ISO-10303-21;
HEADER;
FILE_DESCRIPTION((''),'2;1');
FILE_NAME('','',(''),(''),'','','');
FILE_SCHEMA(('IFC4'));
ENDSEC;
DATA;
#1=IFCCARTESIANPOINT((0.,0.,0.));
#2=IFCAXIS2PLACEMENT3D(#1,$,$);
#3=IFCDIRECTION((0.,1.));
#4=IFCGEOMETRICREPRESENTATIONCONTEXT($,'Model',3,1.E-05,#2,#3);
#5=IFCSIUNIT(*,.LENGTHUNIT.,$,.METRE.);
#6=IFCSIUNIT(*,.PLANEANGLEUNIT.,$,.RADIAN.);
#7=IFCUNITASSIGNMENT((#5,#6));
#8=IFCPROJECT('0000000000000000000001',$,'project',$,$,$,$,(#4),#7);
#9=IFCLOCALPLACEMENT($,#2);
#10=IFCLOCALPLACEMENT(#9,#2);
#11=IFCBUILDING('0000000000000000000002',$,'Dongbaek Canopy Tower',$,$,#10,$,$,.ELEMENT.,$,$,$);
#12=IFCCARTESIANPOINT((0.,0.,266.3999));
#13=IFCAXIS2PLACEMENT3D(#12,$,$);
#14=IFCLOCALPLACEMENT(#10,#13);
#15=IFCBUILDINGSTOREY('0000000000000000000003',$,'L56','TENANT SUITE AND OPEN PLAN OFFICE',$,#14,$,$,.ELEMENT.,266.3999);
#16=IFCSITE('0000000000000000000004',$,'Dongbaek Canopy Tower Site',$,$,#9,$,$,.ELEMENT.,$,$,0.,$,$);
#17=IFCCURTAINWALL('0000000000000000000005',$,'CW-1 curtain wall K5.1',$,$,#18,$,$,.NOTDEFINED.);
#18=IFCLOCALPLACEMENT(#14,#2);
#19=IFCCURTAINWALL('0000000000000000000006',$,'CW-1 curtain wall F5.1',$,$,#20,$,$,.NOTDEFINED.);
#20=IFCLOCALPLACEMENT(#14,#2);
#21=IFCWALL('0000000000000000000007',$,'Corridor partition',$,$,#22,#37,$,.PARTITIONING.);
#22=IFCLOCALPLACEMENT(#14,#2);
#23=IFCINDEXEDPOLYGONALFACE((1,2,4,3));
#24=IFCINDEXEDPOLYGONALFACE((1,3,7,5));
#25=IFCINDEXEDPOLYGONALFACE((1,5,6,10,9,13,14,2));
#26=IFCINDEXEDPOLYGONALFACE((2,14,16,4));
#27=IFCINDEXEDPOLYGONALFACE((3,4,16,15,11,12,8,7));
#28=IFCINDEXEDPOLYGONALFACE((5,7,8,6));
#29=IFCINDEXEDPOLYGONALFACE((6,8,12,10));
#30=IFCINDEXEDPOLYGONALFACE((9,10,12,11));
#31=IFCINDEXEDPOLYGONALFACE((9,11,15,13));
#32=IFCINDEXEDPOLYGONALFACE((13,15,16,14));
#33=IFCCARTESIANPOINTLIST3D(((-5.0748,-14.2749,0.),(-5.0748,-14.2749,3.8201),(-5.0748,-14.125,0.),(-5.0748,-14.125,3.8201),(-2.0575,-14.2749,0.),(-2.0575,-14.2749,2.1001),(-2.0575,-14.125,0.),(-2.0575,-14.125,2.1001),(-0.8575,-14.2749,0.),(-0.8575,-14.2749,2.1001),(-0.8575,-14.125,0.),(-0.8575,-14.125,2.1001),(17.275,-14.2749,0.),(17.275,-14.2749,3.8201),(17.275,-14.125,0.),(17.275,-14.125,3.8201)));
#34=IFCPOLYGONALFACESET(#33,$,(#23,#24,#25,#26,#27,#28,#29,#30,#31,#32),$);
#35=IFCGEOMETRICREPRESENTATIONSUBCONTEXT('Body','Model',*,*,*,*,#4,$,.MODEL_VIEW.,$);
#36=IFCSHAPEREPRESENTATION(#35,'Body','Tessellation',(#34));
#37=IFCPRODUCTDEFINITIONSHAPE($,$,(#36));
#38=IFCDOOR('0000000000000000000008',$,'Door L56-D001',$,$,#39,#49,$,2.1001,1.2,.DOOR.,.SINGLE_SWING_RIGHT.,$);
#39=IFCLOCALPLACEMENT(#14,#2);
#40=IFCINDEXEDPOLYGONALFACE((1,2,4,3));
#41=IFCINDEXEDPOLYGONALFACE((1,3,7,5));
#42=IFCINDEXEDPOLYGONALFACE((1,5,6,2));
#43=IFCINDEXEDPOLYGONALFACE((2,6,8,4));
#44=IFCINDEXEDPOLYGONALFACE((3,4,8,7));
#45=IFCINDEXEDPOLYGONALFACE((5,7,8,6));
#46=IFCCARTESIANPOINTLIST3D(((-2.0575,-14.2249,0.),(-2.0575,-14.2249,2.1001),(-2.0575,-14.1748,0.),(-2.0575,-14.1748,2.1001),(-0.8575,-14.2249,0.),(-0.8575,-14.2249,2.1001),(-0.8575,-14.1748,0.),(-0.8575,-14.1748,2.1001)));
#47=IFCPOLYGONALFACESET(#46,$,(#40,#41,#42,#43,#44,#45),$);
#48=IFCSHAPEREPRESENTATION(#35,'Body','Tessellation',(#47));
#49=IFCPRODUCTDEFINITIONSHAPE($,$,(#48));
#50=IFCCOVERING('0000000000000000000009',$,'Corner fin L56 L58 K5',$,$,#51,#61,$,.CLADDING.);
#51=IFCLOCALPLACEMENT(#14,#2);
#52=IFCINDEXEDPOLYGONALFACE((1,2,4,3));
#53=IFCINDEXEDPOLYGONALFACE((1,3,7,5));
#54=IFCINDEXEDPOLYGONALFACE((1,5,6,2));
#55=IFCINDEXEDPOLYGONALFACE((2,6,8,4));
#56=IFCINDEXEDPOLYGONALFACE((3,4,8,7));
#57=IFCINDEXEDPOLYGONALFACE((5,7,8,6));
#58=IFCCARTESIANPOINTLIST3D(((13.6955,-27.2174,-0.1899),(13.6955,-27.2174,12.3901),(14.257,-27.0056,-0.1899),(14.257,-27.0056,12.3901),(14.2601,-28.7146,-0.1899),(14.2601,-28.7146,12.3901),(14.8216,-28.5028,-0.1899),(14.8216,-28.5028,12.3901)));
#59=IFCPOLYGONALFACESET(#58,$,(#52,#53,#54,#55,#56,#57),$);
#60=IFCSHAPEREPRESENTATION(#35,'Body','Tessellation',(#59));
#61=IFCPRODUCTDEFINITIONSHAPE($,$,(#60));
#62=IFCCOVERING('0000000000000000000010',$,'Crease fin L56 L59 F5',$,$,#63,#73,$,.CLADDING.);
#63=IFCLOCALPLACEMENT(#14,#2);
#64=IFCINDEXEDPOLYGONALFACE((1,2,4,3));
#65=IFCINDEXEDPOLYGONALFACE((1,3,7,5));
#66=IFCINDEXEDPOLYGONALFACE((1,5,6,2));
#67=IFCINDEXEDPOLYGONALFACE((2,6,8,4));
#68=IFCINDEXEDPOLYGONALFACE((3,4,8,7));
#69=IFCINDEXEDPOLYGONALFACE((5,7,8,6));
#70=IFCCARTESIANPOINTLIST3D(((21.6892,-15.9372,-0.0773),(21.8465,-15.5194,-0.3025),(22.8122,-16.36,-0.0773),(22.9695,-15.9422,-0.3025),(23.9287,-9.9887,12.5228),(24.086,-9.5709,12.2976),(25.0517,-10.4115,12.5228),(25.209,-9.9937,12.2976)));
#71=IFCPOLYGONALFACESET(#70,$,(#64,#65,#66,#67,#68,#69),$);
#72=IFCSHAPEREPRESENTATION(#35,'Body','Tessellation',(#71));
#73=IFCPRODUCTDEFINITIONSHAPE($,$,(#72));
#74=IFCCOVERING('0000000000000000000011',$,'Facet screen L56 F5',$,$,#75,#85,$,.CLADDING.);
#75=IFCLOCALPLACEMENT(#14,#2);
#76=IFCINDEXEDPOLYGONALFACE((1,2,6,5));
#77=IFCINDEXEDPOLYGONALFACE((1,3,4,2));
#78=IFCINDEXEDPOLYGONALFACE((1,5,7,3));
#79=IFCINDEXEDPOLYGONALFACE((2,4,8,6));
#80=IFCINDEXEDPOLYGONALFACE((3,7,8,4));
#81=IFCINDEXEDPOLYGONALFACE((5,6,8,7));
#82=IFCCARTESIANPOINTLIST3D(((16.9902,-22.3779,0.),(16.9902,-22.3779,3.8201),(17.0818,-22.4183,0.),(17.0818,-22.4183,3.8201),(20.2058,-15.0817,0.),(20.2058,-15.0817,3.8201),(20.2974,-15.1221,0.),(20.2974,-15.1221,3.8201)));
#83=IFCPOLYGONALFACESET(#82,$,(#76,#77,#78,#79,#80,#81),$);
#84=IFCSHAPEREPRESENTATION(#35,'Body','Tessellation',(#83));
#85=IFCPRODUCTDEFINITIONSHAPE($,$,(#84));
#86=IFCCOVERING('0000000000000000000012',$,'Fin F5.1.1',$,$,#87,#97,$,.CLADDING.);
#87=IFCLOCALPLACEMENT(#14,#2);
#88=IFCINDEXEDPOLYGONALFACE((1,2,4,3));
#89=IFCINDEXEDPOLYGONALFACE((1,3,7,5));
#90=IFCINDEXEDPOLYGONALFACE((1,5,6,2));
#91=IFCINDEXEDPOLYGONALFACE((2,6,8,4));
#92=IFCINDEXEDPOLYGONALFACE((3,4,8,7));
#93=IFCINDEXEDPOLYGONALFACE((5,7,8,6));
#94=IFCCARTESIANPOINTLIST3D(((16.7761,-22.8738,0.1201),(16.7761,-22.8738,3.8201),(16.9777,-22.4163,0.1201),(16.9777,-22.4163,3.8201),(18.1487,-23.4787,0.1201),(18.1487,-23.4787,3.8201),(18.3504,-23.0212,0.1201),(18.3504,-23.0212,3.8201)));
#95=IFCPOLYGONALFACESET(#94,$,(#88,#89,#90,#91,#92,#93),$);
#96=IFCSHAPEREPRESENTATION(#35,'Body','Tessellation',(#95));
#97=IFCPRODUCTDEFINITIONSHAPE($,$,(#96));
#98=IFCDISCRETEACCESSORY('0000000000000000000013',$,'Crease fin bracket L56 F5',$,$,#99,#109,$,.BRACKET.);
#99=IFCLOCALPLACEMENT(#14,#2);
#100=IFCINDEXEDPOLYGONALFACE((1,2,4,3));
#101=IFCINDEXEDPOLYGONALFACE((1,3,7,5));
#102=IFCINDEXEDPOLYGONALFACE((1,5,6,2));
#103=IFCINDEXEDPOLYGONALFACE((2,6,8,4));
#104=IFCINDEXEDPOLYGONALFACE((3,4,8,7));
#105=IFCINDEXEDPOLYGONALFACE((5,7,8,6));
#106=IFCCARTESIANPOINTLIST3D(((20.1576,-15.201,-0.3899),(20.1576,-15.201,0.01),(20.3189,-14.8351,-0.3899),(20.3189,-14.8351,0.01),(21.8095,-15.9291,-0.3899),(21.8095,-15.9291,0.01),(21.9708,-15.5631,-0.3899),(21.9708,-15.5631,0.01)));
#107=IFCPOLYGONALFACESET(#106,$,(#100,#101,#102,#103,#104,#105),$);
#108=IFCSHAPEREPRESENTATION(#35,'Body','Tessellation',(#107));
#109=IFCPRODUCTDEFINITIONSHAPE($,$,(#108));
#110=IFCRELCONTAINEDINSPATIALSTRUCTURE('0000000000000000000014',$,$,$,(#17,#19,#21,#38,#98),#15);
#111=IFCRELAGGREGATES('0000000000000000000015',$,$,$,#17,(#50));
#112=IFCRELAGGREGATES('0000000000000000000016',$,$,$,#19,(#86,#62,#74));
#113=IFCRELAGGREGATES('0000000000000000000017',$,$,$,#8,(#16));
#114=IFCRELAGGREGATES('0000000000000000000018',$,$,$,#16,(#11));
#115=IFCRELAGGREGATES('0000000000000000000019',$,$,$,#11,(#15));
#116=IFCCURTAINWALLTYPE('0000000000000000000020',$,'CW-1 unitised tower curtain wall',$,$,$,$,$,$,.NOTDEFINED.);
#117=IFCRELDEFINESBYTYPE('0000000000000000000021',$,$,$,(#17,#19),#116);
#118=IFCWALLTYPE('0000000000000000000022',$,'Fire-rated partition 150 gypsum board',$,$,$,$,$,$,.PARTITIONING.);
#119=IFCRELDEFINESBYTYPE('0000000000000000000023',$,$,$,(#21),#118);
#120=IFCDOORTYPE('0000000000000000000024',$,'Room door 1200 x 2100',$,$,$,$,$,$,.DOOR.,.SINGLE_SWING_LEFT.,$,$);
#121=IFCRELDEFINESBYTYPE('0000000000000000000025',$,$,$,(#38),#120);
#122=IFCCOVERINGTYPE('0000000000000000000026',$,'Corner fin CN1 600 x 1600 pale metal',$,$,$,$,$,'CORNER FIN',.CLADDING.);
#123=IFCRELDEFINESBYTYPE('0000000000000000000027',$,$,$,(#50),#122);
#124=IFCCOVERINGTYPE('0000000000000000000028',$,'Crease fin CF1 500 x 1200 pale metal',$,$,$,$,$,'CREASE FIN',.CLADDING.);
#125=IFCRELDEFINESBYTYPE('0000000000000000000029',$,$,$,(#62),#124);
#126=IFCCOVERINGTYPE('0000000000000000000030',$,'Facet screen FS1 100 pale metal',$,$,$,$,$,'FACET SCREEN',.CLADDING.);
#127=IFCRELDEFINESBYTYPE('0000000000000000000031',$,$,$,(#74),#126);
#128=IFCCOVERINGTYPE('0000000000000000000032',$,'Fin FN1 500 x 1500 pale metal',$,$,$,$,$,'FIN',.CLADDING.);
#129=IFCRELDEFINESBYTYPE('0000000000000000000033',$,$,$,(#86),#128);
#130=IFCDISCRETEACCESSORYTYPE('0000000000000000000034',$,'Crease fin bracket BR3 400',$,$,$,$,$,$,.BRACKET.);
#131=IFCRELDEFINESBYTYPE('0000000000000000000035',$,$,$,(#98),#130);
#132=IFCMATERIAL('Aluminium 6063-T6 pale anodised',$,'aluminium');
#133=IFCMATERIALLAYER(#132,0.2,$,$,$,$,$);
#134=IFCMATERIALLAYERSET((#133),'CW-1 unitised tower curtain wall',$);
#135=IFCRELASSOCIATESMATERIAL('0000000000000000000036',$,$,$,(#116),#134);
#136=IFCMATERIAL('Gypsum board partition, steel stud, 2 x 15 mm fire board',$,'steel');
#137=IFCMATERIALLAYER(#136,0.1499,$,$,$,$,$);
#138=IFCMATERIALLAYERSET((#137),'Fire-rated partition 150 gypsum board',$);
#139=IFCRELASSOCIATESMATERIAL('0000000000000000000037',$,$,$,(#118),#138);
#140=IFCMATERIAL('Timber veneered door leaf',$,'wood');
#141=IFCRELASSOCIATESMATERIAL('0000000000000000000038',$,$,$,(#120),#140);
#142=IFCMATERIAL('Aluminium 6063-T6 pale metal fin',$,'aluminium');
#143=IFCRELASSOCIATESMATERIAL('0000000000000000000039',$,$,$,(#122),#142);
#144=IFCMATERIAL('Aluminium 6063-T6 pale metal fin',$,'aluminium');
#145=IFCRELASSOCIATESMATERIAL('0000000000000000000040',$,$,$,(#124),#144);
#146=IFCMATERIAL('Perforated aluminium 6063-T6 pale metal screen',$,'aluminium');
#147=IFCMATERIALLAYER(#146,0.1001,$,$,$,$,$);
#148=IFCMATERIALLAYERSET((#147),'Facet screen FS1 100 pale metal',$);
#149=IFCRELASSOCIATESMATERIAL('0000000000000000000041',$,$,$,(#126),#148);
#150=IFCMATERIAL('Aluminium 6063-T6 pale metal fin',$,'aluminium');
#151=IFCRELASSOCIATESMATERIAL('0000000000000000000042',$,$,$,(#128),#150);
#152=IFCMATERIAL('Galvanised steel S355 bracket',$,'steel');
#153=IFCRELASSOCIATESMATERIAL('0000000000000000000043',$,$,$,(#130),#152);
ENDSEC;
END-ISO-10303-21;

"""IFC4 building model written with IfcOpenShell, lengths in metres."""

from ifc_helpers import new_model, si_unit, direction, frame, frame_2d, origin, origin_2d, place, context, subcontext, project, spatial, rectangle, extrude, material, layer, layer_set, material_profile, profile_set, type_object, element, fill, aggregate, save


model = new_model("IFC4")

# Units and contexts
model_context = context("Model", 3, precision=1e-05, world=origin(), true_north=direction((0.0, 1.0)))
body_context = subcontext(model_context, "Body", "Model", "MODEL_VIEW")
ifc_project = project(units=[si_unit("LENGTHUNIT", "METRE"), si_unit("PLANEANGLEUNIT", "RADIAN")], contexts=[model_context])

# Site, building, storey
site_placement = place(None, origin())
site = spatial("IfcSite", under=ifc_project, at=site_placement, Name="Dongbaek Canopy Tower Site", CompositionType="ELEMENT", RefElevation=0.0)
building_placement = place(site_placement, origin())
building = spatial("IfcBuilding", under=site, at=building_placement, Name="Dongbaek Canopy Tower", CompositionType="ELEMENT")
storey_placement = place(building_placement, frame((0.0, 0.0, 266.3999)))
storey = spatial("IfcBuildingStorey", under=building, at=storey_placement, Name="L56", Description="TENANT SUITE AND OPEN PLAN OFFICE", CompositionType="ELEMENT", Elevation=266.3999)

# Curtain walls
ifc_material_1 = material(Name="Aluminium 6063-T6 pale anodised", Category="aluminium")
ifc_layer_1 = layer(ifc_material_1, 0.2)
ifc_layer_set_1 = layer_set([ifc_layer_1], Name="CW-1 unitised tower curtain wall")
curtain_wall_type = type_object("IfcCurtainWallType", Name="CW-1 unitised tower curtain wall", PredefinedType="NOTDEFINED", material=ifc_layer_set_1)
curtain_wall_1_placement = place(storey_placement, origin())
curtain_wall_1 = element("IfcCurtainWall", 1, at=curtain_wall_1_placement, inside=storey, type_object=curtain_wall_type, Name="CW-1 curtain wall K5.1", PredefinedType="NOTDEFINED")
curtain_wall_2_placement = place(storey_placement, origin())
curtain_wall_2 = element("IfcCurtainWall", 2, at=curtain_wall_2_placement, inside=storey, type_object=curtain_wall_type, Name="CW-1 curtain wall F5.1", PredefinedType="NOTDEFINED")

# Wall, opening, door
ifc_material_2 = material(Name="Gypsum board partition, steel stud, 2 x 15 mm fire board", Category="steel")
ifc_layer_2 = layer(ifc_material_2, 0.1499)
ifc_layer_set_2 = layer_set([ifc_layer_2], Name="Fire-rated partition 150 gypsum board")
wall_type_1 = type_object("IfcWallType", Name="Fire-rated partition 150 gypsum board", PredefinedType="PARTITIONING", material=ifc_layer_set_2)
wall_1_placement = place(storey_placement, frame((17.2749, -14.2, 0.0), z_axis=(0.0, 0.0, 1.0), x_axis=(-1.0, 0.0, 0.0)))
wall_1 = element("IfcWall", 3, at=wall_1_placement, inside=storey, type_object=wall_type_1, Name="Corridor partition", PredefinedType="PARTITIONING", context=body_context, shape_type="SweptSolid", body=[
    extrude(rectangle(XDim=22.3499, YDim=0.1499, at=frame_2d((11.1748, 0.0))), origin(), (0.0, 0.0, 1.0), 3.8201),
])
opening_1_placement = place(wall_1_placement, frame((18.1323, 0.0, 0.0)))
opening_1 = element("IfcOpeningElement", 4, at=opening_1_placement, cuts=wall_1, PredefinedType="OPENING", context=body_context, shape_type="SweptSolid", body=[
    extrude(rectangle(XDim=1.2, YDim=2.1001, at=frame_2d((0.6001, 1.05))), frame((0.0, 0.085, 0.0), z_axis=(0.0, -1.0, 0.0), x_axis=(1.0, 0.0, 0.0)), (0.0, 0.0, 1.0), 0.1699),
])
ifc_material_3 = material(Name="Timber veneered door leaf", Category="wood")
door_type_1 = type_object("IfcDoorType", Name="Room door 1200 x 2100", OperationType="SINGLE_SWING_LEFT", PredefinedType="DOOR", material=ifc_material_3)
door_1_placement = place(opening_1_placement, origin())
door_1 = element("IfcDoor", 5, at=door_1_placement, inside=storey, type_object=door_type_1, Name="Door L56-D001", OperationType="SINGLE_SWING_RIGHT", OverallHeight=2.1001, OverallWidth=1.2, PredefinedType="DOOR", context=body_context, shape_type="SweptSolid", body=[
    extrude(rectangle(XDim=1.2, YDim=2.1001, at=frame_2d((0.6001, 1.05))), frame((0.0, 0.0249, 0.0), z_axis=(0.0, -1.0, 0.0), x_axis=(1.0, 0.0, 0.0)), (0.0, 0.0, 1.0), 0.05),
])
fill(opening_1, door_1)

# Coverings
ifc_material_4 = material(Name="Aluminium 6063-T6 pale metal fin", Category="aluminium")
ifc_material_profile_1 = material_profile(ifc_material_4, rectangle(XDim=1.6001, YDim=0.6001, at=origin_2d()), Name="Corner fin CN1 600 x 1600 pale metal")
ifc_profile_set_1 = profile_set([ifc_material_profile_1], Name="Aluminium 6063-T6 pale metal fin")
covering_type_1 = type_object("IfcCoveringType", Name="Corner fin CN1 600 x 1600 pale metal", ElementType="CORNER FIN", PredefinedType="CLADDING", material=ifc_profile_set_1)
covering_1_placement = place(storey_placement, frame((14.2585, -27.8601, -0.1899), z_axis=(0.0, 0.0, 1.0), x_axis=(0.352874, -0.935671, 0.0)))
covering_1 = element("IfcCovering", 6, at=covering_1_placement, type_object=covering_type_1, Name="Corner fin L56 L58 K5", PredefinedType="CLADDING", context=body_context, shape_type="SweptSolid", body=[
    extrude(rectangle(XDim=1.6001, YDim=0.6001, at=origin_2d()), origin(), (0.0, 0.0, 1.0), 12.5801),
])
aggregate(curtain_wall_1, [covering_1])
ifc_material_5 = material(Name="Aluminium 6063-T6 pale metal fin", Category="aluminium")
ifc_material_profile_2 = material_profile(ifc_material_5, rectangle(XDim=1.2, YDim=0.5, at=origin_2d()), Name="Crease fin CF1 500 x 1200 pale metal")
ifc_profile_set_2 = profile_set([ifc_material_profile_2], Name="Aluminium 6063-T6 pale metal fin")
covering_type_2 = type_object("IfcCoveringType", Name="Crease fin CF1 500 x 1200 pale metal", ElementType="CREASE FIN", PredefinedType="CLADDING", material=ifc_profile_set_2)
covering_2_placement = place(storey_placement, frame((22.3293, -15.9397, -0.1899), z_axis=(0.158689, 0.421505, 0.892833), x_axis=(-0.935872, 0.35234, 0.0)))
covering_2 = element("IfcCovering", 7, at=covering_2_placement, type_object=covering_type_2, Name="Crease fin L56 L59 F5", PredefinedType="CLADDING", context=body_context, shape_type="SweptSolid", body=[
    extrude(rectangle(XDim=1.2, YDim=0.5, at=origin_2d()), origin(), (0.0, 0.0, 1.0), 14.1125),
])
ifc_material_6 = material(Name="Perforated aluminium 6063-T6 pale metal screen", Category="aluminium")
ifc_layer_3 = layer(ifc_material_6, 0.1001)
ifc_layer_set_3 = layer_set([ifc_layer_3], Name="Facet screen FS1 100 pale metal")
covering_type_3 = type_object("IfcCoveringType", Name="Facet screen FS1 100 pale metal", ElementType="FACET SCREEN", PredefinedType="CLADDING", material=ifc_layer_set_3)
covering_3_placement = place(storey_placement, frame((18.6438, -18.75, 0.0), z_axis=(0.0, 0.0, 1.0), x_axis=(0.403288, 0.915073, 0.0)))
covering_3 = element("IfcCovering", 8, at=covering_3_placement, type_object=covering_type_3, Name="Facet screen L56 F5", PredefinedType="CLADDING", context=body_context, shape_type="SweptSolid", body=[
    extrude(rectangle(XDim=7.9734, YDim=0.1001, at=origin_2d()), origin(), (0.0, 0.0, 1.0), 3.8201),
])
ifc_material_7 = material(Name="Aluminium 6063-T6 pale metal fin", Category="aluminium")
ifc_material_profile_3 = material_profile(ifc_material_7, rectangle(XDim=1.5, YDim=0.5, at=origin_2d()), Name="Fin FN1 500 x 1500 pale metal")
ifc_profile_set_3 = profile_set([ifc_material_profile_3], Name="Aluminium 6063-T6 pale metal fin")
covering_type_4 = type_object("IfcCoveringType", Name="Fin FN1 500 x 1500 pale metal", ElementType="FIN", PredefinedType="CLADDING", material=ifc_profile_set_3)
covering_4_placement = place(storey_placement, frame((17.5632, -22.9475, 0.1201), z_axis=(0.0, 0.0, 1.0), x_axis=(0.915073, -0.403288, 0.0)))
covering_4 = element("IfcCovering", 9, at=covering_4_placement, type_object=covering_type_4, Name="Fin F5.1.1", PredefinedType="CLADDING", context=body_context, shape_type="SweptSolid", body=[
    extrude(rectangle(XDim=1.5, YDim=0.5, at=origin_2d()), origin(), (0.0, 0.0, 1.0), 3.7),
])
aggregate(curtain_wall_2, [covering_4, covering_2, covering_3])

# Discrete accessory
ifc_material_8 = material(Name="Galvanised steel S355 bracket", Category="steel")
discrete_accessory_type = type_object("IfcDiscreteAccessoryType", Name="Crease fin bracket BR3 400", PredefinedType="BRACKET", material=ifc_material_8)
discrete_accessory_placement = place(storey_placement, frame((21.0642, -15.3821, -0.3899), z_axis=(0.0, 0.0, 1.0), x_axis=(0.915073, -0.403288, 0.0)))
element("IfcDiscreteAccessory", 10, at=discrete_accessory_placement, inside=storey, type_object=discrete_accessory_type, Name="Crease fin bracket L56 F5", PredefinedType="BRACKET", context=body_context, shape_type="SweptSolid", body=[
    extrude(rectangle(XDim=1.8052, YDim=0.3999, at=origin_2d()), origin(), (0.0, 0.0, 1.0), 0.3999),
])

save(model, "model.ifc")
